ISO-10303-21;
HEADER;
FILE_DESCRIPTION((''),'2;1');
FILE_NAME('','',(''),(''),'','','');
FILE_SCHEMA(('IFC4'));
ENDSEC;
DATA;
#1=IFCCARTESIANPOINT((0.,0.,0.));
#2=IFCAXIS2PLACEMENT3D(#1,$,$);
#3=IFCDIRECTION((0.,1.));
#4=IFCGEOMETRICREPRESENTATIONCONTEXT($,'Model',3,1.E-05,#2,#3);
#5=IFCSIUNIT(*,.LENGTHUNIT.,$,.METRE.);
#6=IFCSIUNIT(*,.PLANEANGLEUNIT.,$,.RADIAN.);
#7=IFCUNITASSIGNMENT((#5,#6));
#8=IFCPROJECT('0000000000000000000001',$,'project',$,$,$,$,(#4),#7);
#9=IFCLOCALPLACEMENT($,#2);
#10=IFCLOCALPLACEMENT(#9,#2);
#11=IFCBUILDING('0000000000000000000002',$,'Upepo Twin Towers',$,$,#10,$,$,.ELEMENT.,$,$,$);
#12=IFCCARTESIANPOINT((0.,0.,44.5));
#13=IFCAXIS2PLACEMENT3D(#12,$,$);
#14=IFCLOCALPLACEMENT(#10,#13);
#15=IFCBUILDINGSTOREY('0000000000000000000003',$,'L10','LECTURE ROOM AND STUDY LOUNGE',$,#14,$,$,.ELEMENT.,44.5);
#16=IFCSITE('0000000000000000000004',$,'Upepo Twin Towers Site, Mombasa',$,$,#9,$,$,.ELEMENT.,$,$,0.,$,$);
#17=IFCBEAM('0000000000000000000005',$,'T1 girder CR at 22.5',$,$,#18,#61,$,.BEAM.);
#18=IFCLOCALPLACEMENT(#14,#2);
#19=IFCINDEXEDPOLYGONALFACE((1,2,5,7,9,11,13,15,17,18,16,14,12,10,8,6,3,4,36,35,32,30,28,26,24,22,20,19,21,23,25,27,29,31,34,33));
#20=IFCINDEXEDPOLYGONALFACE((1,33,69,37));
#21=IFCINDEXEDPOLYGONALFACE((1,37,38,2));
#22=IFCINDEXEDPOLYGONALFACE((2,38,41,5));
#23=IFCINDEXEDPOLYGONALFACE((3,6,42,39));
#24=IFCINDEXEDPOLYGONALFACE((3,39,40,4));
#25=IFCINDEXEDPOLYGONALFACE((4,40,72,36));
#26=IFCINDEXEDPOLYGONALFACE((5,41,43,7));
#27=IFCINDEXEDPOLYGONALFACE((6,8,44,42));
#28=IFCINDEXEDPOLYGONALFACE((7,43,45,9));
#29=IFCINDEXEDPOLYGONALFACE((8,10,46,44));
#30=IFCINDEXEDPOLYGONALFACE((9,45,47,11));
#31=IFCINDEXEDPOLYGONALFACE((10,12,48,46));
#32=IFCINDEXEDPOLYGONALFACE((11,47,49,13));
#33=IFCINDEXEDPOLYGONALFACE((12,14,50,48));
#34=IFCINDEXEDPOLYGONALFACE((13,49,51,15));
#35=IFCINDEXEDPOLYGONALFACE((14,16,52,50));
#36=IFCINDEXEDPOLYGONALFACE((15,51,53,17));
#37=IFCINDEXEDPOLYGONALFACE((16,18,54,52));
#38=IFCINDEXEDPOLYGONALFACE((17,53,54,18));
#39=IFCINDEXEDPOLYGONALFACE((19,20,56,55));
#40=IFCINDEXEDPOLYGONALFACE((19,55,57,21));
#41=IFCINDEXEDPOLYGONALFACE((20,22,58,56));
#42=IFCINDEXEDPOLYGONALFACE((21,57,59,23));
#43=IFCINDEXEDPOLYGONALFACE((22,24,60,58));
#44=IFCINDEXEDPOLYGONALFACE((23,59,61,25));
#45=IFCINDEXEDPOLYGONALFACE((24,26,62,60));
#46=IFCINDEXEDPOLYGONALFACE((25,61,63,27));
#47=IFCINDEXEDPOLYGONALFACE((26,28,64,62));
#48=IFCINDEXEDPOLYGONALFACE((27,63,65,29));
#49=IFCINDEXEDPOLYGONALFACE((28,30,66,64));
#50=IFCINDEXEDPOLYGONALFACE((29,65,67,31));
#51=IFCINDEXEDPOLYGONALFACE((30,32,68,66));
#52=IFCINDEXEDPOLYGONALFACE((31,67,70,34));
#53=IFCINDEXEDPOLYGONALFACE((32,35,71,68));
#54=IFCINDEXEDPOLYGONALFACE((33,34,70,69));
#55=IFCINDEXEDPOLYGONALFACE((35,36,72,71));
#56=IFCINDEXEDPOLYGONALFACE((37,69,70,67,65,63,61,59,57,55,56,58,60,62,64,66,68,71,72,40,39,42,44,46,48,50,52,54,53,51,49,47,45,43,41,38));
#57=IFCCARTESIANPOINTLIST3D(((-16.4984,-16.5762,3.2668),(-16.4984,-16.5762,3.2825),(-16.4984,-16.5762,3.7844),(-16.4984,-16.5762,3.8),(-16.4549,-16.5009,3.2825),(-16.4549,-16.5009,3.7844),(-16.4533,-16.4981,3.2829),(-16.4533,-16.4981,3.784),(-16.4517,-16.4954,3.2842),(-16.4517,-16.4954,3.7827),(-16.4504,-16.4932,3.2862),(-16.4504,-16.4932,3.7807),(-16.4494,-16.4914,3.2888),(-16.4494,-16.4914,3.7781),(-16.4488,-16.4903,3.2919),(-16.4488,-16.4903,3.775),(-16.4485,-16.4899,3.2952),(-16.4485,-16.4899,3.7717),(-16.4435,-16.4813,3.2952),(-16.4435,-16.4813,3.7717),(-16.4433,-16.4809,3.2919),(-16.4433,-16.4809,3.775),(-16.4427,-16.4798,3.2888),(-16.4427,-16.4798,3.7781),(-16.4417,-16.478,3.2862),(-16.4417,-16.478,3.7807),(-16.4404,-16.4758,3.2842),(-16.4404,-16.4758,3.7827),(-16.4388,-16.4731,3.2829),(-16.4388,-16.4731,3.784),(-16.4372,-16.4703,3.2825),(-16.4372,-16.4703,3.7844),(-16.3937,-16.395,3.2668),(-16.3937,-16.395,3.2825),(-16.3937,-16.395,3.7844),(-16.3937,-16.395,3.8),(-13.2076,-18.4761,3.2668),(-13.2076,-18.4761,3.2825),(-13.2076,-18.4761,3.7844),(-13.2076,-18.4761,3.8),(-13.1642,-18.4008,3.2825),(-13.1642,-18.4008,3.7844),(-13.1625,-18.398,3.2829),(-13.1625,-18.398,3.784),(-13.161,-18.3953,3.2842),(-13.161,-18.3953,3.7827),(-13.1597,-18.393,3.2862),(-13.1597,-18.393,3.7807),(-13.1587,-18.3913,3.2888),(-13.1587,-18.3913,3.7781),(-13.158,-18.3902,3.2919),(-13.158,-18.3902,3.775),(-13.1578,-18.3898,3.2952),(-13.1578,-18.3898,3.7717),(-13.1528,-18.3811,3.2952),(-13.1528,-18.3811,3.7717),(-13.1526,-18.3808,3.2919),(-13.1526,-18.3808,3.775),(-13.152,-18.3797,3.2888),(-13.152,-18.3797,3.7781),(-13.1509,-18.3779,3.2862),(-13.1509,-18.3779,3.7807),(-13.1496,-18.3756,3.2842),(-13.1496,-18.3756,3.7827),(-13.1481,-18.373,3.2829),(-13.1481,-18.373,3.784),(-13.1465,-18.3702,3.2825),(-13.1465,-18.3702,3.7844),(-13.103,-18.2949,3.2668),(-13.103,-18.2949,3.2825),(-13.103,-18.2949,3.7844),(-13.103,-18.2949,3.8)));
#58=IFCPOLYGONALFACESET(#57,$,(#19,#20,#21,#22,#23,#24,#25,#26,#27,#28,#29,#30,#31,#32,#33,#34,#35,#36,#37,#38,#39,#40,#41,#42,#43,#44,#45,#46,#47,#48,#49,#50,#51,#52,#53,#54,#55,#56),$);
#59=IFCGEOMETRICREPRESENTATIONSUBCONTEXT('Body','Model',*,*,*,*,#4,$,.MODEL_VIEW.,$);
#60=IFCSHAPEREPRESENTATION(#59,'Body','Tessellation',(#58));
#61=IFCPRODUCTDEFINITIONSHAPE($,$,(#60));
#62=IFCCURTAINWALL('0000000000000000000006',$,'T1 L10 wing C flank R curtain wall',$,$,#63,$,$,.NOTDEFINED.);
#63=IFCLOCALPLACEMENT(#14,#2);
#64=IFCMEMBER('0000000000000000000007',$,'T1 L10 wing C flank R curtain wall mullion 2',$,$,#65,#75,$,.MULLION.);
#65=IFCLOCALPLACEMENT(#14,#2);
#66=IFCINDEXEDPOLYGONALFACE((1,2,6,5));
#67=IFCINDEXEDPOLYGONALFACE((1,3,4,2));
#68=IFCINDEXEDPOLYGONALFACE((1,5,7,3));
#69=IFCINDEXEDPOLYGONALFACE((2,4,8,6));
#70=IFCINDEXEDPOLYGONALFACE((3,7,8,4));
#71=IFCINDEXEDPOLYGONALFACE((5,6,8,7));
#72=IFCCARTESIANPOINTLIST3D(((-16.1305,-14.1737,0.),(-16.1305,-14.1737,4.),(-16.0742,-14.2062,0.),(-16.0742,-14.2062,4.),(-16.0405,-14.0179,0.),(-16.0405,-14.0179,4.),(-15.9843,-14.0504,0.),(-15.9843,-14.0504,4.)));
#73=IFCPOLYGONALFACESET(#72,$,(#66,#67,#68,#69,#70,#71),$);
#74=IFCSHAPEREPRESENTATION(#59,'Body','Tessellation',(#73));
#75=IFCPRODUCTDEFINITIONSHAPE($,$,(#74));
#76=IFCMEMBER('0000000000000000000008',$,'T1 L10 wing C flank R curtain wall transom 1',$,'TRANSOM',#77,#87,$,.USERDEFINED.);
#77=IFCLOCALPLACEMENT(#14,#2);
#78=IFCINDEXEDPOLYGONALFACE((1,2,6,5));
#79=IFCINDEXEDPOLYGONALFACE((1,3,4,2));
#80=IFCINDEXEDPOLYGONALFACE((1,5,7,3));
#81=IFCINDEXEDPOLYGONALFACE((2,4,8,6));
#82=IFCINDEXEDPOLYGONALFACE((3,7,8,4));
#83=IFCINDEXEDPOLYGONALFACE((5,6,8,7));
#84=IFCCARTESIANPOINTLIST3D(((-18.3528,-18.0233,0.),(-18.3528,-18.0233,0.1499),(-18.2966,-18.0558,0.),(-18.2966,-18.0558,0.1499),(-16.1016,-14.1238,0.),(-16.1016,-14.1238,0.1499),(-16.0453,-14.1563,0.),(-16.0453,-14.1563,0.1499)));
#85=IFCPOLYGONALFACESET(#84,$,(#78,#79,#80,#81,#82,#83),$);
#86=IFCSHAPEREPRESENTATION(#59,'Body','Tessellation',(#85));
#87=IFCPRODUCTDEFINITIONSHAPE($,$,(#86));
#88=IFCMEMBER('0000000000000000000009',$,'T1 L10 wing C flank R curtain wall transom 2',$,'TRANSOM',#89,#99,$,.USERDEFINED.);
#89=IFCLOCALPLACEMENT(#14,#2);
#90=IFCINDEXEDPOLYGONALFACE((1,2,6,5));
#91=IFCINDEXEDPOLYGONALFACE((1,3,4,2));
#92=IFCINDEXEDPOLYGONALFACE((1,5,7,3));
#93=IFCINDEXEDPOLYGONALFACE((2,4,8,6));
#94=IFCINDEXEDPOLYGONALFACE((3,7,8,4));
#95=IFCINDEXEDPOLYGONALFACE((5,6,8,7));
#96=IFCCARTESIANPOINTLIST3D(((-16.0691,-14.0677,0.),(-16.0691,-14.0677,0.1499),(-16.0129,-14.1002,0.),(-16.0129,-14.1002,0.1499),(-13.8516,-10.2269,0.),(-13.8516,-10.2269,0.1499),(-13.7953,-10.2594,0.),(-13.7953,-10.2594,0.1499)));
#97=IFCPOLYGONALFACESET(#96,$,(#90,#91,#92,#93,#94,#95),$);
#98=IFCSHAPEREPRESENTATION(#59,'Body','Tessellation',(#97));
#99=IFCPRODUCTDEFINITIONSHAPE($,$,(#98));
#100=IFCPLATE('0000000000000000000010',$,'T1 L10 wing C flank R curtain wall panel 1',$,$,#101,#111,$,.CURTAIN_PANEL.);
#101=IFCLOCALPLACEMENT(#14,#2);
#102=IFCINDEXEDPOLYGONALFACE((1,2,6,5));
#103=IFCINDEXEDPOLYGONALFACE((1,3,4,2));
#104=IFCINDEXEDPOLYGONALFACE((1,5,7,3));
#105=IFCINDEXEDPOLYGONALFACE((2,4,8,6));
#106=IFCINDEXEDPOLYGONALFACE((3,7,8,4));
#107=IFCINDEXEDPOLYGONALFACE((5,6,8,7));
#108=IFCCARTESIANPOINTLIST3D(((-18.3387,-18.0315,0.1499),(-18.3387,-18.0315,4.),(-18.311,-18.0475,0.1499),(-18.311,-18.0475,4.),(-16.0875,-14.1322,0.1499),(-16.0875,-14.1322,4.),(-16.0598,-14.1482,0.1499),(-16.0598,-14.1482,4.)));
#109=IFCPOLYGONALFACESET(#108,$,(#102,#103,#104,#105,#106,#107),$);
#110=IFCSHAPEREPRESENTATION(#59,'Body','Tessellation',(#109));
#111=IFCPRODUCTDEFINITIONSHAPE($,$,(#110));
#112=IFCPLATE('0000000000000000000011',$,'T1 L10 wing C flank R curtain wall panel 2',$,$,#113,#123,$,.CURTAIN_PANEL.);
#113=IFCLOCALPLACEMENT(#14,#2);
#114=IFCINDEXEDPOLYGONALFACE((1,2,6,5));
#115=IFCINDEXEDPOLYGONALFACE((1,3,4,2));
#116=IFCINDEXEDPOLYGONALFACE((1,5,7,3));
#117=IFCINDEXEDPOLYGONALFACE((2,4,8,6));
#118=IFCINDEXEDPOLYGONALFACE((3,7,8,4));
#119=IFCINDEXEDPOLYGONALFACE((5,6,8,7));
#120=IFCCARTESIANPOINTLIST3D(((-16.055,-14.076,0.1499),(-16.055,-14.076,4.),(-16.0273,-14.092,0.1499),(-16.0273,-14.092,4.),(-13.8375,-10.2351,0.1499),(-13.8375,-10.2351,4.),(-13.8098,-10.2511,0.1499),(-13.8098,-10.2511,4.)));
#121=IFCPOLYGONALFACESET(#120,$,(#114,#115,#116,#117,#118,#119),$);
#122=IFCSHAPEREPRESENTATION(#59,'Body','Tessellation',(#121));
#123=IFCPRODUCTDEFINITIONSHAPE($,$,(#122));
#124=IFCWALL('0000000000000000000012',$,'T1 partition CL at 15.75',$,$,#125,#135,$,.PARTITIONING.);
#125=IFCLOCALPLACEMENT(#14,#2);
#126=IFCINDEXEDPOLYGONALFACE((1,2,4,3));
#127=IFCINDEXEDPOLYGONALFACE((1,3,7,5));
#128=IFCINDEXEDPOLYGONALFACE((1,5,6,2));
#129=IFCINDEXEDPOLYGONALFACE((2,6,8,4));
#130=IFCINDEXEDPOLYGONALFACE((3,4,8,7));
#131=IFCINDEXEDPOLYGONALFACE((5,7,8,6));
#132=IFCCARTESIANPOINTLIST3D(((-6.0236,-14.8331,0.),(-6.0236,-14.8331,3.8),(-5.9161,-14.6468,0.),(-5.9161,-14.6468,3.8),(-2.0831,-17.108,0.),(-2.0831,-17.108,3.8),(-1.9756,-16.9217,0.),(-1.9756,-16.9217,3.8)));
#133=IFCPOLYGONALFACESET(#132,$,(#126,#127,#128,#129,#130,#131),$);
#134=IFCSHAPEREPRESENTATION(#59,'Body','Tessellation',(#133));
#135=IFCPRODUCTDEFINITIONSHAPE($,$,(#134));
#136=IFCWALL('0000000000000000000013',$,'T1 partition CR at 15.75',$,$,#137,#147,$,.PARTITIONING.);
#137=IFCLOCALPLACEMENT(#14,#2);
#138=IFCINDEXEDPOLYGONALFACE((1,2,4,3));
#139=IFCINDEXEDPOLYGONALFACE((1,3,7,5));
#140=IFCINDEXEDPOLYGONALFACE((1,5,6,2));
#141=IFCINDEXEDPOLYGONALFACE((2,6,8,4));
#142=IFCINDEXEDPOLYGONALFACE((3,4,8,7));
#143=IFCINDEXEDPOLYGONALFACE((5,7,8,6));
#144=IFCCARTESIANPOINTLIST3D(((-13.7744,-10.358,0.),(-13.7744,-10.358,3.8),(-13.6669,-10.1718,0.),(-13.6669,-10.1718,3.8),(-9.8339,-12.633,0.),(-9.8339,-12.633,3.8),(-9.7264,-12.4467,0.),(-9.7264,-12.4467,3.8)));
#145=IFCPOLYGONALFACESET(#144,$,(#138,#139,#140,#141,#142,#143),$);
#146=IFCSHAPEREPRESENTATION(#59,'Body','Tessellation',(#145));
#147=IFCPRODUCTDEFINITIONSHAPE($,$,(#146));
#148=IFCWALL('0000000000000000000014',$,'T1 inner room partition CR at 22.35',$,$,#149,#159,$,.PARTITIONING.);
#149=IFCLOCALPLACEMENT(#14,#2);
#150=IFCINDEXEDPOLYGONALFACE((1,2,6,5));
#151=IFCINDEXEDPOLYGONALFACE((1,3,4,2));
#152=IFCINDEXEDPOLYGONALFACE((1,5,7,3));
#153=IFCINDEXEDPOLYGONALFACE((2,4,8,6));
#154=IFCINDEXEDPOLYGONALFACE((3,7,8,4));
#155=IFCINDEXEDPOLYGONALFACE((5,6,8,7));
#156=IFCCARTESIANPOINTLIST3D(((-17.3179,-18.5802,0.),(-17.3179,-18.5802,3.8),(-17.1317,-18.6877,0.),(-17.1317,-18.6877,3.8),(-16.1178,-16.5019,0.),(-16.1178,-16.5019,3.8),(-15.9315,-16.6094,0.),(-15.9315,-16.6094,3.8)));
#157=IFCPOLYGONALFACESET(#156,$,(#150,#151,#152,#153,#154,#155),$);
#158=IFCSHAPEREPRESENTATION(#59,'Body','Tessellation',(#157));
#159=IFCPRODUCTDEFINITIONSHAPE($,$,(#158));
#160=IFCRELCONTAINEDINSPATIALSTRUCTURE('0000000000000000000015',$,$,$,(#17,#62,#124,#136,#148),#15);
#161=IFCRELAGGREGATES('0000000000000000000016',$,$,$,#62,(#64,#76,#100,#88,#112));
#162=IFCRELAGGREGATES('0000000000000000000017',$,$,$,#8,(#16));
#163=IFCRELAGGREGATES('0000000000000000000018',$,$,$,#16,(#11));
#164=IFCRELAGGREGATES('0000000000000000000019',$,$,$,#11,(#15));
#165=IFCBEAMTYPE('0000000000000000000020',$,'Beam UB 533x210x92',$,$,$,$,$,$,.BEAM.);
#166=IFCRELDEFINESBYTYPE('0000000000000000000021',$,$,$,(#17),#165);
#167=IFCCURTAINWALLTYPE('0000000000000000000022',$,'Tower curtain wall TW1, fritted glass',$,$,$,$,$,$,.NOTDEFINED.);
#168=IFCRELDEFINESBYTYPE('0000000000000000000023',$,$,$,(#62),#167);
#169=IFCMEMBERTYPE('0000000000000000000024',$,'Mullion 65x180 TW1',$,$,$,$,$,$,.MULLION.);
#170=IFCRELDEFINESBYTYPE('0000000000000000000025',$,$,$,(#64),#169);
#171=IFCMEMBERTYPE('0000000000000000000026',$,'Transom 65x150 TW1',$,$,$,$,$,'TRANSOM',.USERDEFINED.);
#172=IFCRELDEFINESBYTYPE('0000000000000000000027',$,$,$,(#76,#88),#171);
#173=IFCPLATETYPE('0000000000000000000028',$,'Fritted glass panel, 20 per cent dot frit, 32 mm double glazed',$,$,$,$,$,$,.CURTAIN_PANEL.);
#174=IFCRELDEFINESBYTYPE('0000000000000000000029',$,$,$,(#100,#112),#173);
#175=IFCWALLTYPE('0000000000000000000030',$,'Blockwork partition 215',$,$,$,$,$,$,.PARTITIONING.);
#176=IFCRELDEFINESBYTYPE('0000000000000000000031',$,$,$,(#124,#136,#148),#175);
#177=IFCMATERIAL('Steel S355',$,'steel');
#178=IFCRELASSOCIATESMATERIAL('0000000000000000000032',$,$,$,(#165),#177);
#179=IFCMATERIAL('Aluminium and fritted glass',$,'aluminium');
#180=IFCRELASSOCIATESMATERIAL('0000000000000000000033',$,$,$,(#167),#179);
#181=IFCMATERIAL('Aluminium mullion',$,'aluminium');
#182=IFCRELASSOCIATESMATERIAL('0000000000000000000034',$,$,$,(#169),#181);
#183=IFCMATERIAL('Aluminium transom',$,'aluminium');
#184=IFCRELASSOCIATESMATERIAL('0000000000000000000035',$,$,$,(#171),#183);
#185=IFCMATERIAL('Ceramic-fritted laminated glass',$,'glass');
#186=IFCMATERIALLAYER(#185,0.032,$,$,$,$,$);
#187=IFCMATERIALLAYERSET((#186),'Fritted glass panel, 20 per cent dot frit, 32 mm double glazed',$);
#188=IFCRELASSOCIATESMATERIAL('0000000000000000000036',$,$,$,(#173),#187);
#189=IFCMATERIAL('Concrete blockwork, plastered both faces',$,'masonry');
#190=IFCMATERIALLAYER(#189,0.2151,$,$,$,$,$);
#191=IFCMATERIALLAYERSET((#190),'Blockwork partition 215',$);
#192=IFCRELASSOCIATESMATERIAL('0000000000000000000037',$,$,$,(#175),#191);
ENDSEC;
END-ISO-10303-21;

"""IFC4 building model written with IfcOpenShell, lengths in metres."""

from ifc_helpers import new_model, si_unit, direction, frame, frame_2d, origin, origin_2d, place, context, subcontext, project, spatial, rectangle, i_section, extrude, material, layer, layer_set, material_profile, profile_set, type_object, element, aggregate, save


model = new_model("IFC4")

# Units and contexts
model_context = context("Model", 3, precision=1e-05, world=origin(), true_north=direction((0.0, 1.0)))
body_context = subcontext(model_context, "Body", "Model", "MODEL_VIEW")
ifc_project = project(units=[si_unit("LENGTHUNIT", "METRE"), si_unit("PLANEANGLEUNIT", "RADIAN")], contexts=[model_context])

# Site, building, storey
site_placement = place(None, origin())
site = spatial("IfcSite", under=ifc_project, at=site_placement, Name="Upepo Twin Towers Site, Mombasa", CompositionType="ELEMENT", RefElevation=0.0)
building_placement = place(site_placement, origin())
building = spatial("IfcBuilding", under=site, at=building_placement, Name="Upepo Twin Towers", CompositionType="ELEMENT")
storey_placement = place(building_placement, frame((0.0, 0.0, 44.5)))
storey = spatial("IfcBuildingStorey", under=building, at=storey_placement, Name="L10", Description="LECTURE ROOM AND STUDY LOUNGE", CompositionType="ELEMENT", Elevation=44.5)

# Beam
ifc_material_1 = material(Name="Steel S355", Category="steel")
ifc_material_profile_1 = material_profile(ifc_material_1, i_section(OverallWidth=0.2092, OverallDepth=0.5332, WebThickness=0.01, FlangeThickness=0.0156, FilletRadius=0.0127, at=origin_2d()), Name="UB 533x210x92")
ifc_profile_set_1 = profile_set([ifc_material_profile_1], Name="Steel S355")
beam_type_1 = type_object("IfcBeamType", Name="Beam UB 533x210x92", PredefinedType="BEAM", material=ifc_profile_set_1)
beam_1_placement = place(storey_placement, frame((-16.446, -16.4856, 3.5334), z_axis=(0.866028, -0.499995, 0.0), x_axis=(0.499995, 0.866028, 0.0)))
element("IfcBeam", 1, at=beam_1_placement, inside=storey, type_object=beam_type_1, Name="T1 girder CR at 22.5", PredefinedType="BEAM", context=body_context, shape_type="SweptSolid", body=[
    extrude(i_section(OverallWidth=0.2092, OverallDepth=0.5332, WebThickness=0.01, FlangeThickness=0.0156, FilletRadius=0.0127, at=origin_2d()), origin(), (0.0, 0.0, 1.0), 3.7998),
])

# Curtain wall, members, plates
ifc_material_2 = material(Name="Aluminium and fritted glass", Category="aluminium")
curtain_wall_type = type_object("IfcCurtainWallType", Name="Tower curtain wall TW1, fritted glass", PredefinedType="NOTDEFINED", material=ifc_material_2)
curtain_wall_placement = place(storey_placement, origin())
curtain_wall = element("IfcCurtainWall", 2, at=curtain_wall_placement, inside=storey, type_object=curtain_wall_type, Name="T1 L10 wing C flank R curtain wall", PredefinedType="NOTDEFINED")
ifc_material_3 = material(Name="Aluminium mullion", Category="aluminium")
ifc_material_profile_2 = material_profile(ifc_material_3, rectangle(XDim=0.0649, YDim=0.1799, at=origin_2d()), Name="MULLION 65x180")
ifc_profile_set_2 = profile_set([ifc_material_profile_2], Name="Aluminium mullion")
member_type_1 = type_object("IfcMemberType", Name="Mullion 65x180 TW1", PredefinedType="MULLION", material=ifc_profile_set_2)
member_1_placement = place(storey_placement, frame((-16.0574, -14.1121, 0.0), z_axis=(0.0, 0.0, 1.0), x_axis=(-0.866025, 0.5, 0.0)))
member_1 = element("IfcMember", 3, at=member_1_placement, type_object=member_type_1, Name="T1 L10 wing C flank R curtain wall mullion 2", PredefinedType="MULLION", context=body_context, shape_type="SweptSolid", body=[
    extrude(rectangle(XDim=0.0649, YDim=0.1799, at=origin_2d()), origin(), (0.0, 0.0, 1.0), 4.0),
])
ifc_material_4 = material(Name="Aluminium transom", Category="aluminium")
ifc_material_profile_3 = material_profile(ifc_material_4, rectangle(XDim=0.0649, YDim=0.1499, at=origin_2d()), Name="TRANSOM 65x150")
ifc_profile_set_3 = profile_set([ifc_material_profile_3], Name="Aluminium transom")
member_type_2 = type_object("IfcMemberType", Name="Transom 65x150 TW1", ElementType="TRANSOM", PredefinedType="USERDEFINED", material=ifc_profile_set_3)
member_2_placement = place(storey_placement, frame((-18.3247, -18.0396, 0.075), z_axis=(0.499982, 0.866036, 0.0), x_axis=(-0.866036, 0.499982, 0.0)))
member_2 = element("IfcMember", 4, at=member_2_placement, type_object=member_type_2, Name="T1 L10 wing C flank R curtain wall transom 1", ObjectType="TRANSOM", PredefinedType="USERDEFINED", context=body_context, shape_type="SweptSolid", body=[
    extrude(rectangle(XDim=0.0649, YDim=0.1499, at=origin_2d()), origin(), (0.0, 0.0, 1.0), 4.5027),
])
member_3_placement = place(storey_placement, frame((-16.041, -14.084, 0.075), z_axis=(0.500005, 0.866022, 0.0), x_axis=(-0.866022, 0.500005, 0.0)))
member_3 = element("IfcMember", 5, at=member_3_placement, type_object=member_type_2, Name="T1 L10 wing C flank R curtain wall transom 2", ObjectType="TRANSOM", PredefinedType="USERDEFINED", context=body_context, shape_type="SweptSolid", body=[
    extrude(rectangle(XDim=0.0649, YDim=0.1499, at=origin_2d()), origin(), (0.0, 0.0, 1.0), 4.4351),
])
ifc_material_5 = material(Name="Ceramic-fritted laminated glass", Category="glass")
ifc_layer_1 = layer(ifc_material_5, 0.032)
ifc_layer_set_1 = layer_set([ifc_layer_1], Name="Fritted glass panel, 20 per cent dot frit, 32 mm double glazed")
plate_type = type_object("IfcPlateType", Name="Fritted glass panel, 20 per cent dot frit, 32 mm double glazed", PredefinedType="CURTAIN_PANEL", material=ifc_layer_set_1)
plate_1_placement = place(storey_placement, frame((-17.1992, -16.0898, 0.1499), z_axis=(0.0, 0.0, 1.0), x_axis=(0.5, 0.866025, 0.0)))
plate_1 = element("IfcPlate", 6, at=plate_1_placement, type_object=plate_type, Name="T1 L10 wing C flank R curtain wall panel 1", PredefinedType="CURTAIN_PANEL", context=body_context, shape_type="SweptSolid", body=[
    extrude(rectangle(XDim=4.5024, YDim=0.032, at=origin_2d()), origin(), (0.0, 0.0, 1.0), 3.8501),
])
plate_2_placement = place(storey_placement, frame((-14.9324, -12.1636, 0.1499), z_axis=(0.0, 0.0, 1.0), x_axis=(0.5, 0.866025, 0.0)))
plate_2 = element("IfcPlate", 7, at=plate_2_placement, type_object=plate_type, Name="T1 L10 wing C flank R curtain wall panel 2", PredefinedType="CURTAIN_PANEL", context=body_context, shape_type="SweptSolid", body=[
    extrude(rectangle(XDim=4.4351, YDim=0.032, at=origin_2d()), origin(), (0.0, 0.0, 1.0), 3.8501),
])
aggregate(curtain_wall, [member_1, member_2, plate_1, member_3, plate_2])

# Walls
ifc_material_6 = material(Name="Concrete blockwork, plastered both faces", Category="masonry")
ifc_layer_2 = layer(ifc_material_6, 0.2151)
ifc_layer_set_2 = layer_set([ifc_layer_2], Name="Blockwork partition 215")
wall_type_1 = type_object("IfcWallType", Name="Blockwork partition 215", PredefinedType="PARTITIONING", material=ifc_layer_set_2)
for number, where, z_axis, x_axis, name in (
    (8, (-5.9697, -14.74, 0.0), (0.0, 0.0, 1.0), (0.866035, -0.499983, 0.0), "T1 partition CL at 15.75"),
    (9, (-9.7803, -12.5398, 0.0), (0.0, 0.0, 1.0), (-0.866035, 0.499983, 0.0), "T1 partition CR at 15.75"),
):
    element("IfcWall", number, at=place(storey_placement, frame(where, z_axis=z_axis, x_axis=x_axis)), inside=storey, type_object=wall_type_1, Name=name, PredefinedType="PARTITIONING", context=body_context, shape_type="SweptSolid", body=[
        extrude(rectangle(XDim=4.55, YDim=0.2151, at=frame_2d((2.2749, 0.0))), origin(), (0.0, 0.0, 1.0), 3.8),
    ])
wall_1_placement = place(storey_placement, frame((-16.0247, -16.5557, 0.0), z_axis=(0.0, 0.0, 1.0), x_axis=(-0.500078, -0.865981, 0.0)))
element("IfcWall", 10, at=wall_1_placement, inside=storey, type_object=wall_type_1, Name="T1 inner room partition CR at 22.35", PredefinedType="PARTITIONING", context=body_context, shape_type="SweptSolid", body=[
    extrude(rectangle(XDim=2.3999, YDim=0.2151, at=frame_2d((1.2, 0.0))), origin(), (0.0, 0.0, 1.0), 3.8),
])

save(model, "model.ifc")
